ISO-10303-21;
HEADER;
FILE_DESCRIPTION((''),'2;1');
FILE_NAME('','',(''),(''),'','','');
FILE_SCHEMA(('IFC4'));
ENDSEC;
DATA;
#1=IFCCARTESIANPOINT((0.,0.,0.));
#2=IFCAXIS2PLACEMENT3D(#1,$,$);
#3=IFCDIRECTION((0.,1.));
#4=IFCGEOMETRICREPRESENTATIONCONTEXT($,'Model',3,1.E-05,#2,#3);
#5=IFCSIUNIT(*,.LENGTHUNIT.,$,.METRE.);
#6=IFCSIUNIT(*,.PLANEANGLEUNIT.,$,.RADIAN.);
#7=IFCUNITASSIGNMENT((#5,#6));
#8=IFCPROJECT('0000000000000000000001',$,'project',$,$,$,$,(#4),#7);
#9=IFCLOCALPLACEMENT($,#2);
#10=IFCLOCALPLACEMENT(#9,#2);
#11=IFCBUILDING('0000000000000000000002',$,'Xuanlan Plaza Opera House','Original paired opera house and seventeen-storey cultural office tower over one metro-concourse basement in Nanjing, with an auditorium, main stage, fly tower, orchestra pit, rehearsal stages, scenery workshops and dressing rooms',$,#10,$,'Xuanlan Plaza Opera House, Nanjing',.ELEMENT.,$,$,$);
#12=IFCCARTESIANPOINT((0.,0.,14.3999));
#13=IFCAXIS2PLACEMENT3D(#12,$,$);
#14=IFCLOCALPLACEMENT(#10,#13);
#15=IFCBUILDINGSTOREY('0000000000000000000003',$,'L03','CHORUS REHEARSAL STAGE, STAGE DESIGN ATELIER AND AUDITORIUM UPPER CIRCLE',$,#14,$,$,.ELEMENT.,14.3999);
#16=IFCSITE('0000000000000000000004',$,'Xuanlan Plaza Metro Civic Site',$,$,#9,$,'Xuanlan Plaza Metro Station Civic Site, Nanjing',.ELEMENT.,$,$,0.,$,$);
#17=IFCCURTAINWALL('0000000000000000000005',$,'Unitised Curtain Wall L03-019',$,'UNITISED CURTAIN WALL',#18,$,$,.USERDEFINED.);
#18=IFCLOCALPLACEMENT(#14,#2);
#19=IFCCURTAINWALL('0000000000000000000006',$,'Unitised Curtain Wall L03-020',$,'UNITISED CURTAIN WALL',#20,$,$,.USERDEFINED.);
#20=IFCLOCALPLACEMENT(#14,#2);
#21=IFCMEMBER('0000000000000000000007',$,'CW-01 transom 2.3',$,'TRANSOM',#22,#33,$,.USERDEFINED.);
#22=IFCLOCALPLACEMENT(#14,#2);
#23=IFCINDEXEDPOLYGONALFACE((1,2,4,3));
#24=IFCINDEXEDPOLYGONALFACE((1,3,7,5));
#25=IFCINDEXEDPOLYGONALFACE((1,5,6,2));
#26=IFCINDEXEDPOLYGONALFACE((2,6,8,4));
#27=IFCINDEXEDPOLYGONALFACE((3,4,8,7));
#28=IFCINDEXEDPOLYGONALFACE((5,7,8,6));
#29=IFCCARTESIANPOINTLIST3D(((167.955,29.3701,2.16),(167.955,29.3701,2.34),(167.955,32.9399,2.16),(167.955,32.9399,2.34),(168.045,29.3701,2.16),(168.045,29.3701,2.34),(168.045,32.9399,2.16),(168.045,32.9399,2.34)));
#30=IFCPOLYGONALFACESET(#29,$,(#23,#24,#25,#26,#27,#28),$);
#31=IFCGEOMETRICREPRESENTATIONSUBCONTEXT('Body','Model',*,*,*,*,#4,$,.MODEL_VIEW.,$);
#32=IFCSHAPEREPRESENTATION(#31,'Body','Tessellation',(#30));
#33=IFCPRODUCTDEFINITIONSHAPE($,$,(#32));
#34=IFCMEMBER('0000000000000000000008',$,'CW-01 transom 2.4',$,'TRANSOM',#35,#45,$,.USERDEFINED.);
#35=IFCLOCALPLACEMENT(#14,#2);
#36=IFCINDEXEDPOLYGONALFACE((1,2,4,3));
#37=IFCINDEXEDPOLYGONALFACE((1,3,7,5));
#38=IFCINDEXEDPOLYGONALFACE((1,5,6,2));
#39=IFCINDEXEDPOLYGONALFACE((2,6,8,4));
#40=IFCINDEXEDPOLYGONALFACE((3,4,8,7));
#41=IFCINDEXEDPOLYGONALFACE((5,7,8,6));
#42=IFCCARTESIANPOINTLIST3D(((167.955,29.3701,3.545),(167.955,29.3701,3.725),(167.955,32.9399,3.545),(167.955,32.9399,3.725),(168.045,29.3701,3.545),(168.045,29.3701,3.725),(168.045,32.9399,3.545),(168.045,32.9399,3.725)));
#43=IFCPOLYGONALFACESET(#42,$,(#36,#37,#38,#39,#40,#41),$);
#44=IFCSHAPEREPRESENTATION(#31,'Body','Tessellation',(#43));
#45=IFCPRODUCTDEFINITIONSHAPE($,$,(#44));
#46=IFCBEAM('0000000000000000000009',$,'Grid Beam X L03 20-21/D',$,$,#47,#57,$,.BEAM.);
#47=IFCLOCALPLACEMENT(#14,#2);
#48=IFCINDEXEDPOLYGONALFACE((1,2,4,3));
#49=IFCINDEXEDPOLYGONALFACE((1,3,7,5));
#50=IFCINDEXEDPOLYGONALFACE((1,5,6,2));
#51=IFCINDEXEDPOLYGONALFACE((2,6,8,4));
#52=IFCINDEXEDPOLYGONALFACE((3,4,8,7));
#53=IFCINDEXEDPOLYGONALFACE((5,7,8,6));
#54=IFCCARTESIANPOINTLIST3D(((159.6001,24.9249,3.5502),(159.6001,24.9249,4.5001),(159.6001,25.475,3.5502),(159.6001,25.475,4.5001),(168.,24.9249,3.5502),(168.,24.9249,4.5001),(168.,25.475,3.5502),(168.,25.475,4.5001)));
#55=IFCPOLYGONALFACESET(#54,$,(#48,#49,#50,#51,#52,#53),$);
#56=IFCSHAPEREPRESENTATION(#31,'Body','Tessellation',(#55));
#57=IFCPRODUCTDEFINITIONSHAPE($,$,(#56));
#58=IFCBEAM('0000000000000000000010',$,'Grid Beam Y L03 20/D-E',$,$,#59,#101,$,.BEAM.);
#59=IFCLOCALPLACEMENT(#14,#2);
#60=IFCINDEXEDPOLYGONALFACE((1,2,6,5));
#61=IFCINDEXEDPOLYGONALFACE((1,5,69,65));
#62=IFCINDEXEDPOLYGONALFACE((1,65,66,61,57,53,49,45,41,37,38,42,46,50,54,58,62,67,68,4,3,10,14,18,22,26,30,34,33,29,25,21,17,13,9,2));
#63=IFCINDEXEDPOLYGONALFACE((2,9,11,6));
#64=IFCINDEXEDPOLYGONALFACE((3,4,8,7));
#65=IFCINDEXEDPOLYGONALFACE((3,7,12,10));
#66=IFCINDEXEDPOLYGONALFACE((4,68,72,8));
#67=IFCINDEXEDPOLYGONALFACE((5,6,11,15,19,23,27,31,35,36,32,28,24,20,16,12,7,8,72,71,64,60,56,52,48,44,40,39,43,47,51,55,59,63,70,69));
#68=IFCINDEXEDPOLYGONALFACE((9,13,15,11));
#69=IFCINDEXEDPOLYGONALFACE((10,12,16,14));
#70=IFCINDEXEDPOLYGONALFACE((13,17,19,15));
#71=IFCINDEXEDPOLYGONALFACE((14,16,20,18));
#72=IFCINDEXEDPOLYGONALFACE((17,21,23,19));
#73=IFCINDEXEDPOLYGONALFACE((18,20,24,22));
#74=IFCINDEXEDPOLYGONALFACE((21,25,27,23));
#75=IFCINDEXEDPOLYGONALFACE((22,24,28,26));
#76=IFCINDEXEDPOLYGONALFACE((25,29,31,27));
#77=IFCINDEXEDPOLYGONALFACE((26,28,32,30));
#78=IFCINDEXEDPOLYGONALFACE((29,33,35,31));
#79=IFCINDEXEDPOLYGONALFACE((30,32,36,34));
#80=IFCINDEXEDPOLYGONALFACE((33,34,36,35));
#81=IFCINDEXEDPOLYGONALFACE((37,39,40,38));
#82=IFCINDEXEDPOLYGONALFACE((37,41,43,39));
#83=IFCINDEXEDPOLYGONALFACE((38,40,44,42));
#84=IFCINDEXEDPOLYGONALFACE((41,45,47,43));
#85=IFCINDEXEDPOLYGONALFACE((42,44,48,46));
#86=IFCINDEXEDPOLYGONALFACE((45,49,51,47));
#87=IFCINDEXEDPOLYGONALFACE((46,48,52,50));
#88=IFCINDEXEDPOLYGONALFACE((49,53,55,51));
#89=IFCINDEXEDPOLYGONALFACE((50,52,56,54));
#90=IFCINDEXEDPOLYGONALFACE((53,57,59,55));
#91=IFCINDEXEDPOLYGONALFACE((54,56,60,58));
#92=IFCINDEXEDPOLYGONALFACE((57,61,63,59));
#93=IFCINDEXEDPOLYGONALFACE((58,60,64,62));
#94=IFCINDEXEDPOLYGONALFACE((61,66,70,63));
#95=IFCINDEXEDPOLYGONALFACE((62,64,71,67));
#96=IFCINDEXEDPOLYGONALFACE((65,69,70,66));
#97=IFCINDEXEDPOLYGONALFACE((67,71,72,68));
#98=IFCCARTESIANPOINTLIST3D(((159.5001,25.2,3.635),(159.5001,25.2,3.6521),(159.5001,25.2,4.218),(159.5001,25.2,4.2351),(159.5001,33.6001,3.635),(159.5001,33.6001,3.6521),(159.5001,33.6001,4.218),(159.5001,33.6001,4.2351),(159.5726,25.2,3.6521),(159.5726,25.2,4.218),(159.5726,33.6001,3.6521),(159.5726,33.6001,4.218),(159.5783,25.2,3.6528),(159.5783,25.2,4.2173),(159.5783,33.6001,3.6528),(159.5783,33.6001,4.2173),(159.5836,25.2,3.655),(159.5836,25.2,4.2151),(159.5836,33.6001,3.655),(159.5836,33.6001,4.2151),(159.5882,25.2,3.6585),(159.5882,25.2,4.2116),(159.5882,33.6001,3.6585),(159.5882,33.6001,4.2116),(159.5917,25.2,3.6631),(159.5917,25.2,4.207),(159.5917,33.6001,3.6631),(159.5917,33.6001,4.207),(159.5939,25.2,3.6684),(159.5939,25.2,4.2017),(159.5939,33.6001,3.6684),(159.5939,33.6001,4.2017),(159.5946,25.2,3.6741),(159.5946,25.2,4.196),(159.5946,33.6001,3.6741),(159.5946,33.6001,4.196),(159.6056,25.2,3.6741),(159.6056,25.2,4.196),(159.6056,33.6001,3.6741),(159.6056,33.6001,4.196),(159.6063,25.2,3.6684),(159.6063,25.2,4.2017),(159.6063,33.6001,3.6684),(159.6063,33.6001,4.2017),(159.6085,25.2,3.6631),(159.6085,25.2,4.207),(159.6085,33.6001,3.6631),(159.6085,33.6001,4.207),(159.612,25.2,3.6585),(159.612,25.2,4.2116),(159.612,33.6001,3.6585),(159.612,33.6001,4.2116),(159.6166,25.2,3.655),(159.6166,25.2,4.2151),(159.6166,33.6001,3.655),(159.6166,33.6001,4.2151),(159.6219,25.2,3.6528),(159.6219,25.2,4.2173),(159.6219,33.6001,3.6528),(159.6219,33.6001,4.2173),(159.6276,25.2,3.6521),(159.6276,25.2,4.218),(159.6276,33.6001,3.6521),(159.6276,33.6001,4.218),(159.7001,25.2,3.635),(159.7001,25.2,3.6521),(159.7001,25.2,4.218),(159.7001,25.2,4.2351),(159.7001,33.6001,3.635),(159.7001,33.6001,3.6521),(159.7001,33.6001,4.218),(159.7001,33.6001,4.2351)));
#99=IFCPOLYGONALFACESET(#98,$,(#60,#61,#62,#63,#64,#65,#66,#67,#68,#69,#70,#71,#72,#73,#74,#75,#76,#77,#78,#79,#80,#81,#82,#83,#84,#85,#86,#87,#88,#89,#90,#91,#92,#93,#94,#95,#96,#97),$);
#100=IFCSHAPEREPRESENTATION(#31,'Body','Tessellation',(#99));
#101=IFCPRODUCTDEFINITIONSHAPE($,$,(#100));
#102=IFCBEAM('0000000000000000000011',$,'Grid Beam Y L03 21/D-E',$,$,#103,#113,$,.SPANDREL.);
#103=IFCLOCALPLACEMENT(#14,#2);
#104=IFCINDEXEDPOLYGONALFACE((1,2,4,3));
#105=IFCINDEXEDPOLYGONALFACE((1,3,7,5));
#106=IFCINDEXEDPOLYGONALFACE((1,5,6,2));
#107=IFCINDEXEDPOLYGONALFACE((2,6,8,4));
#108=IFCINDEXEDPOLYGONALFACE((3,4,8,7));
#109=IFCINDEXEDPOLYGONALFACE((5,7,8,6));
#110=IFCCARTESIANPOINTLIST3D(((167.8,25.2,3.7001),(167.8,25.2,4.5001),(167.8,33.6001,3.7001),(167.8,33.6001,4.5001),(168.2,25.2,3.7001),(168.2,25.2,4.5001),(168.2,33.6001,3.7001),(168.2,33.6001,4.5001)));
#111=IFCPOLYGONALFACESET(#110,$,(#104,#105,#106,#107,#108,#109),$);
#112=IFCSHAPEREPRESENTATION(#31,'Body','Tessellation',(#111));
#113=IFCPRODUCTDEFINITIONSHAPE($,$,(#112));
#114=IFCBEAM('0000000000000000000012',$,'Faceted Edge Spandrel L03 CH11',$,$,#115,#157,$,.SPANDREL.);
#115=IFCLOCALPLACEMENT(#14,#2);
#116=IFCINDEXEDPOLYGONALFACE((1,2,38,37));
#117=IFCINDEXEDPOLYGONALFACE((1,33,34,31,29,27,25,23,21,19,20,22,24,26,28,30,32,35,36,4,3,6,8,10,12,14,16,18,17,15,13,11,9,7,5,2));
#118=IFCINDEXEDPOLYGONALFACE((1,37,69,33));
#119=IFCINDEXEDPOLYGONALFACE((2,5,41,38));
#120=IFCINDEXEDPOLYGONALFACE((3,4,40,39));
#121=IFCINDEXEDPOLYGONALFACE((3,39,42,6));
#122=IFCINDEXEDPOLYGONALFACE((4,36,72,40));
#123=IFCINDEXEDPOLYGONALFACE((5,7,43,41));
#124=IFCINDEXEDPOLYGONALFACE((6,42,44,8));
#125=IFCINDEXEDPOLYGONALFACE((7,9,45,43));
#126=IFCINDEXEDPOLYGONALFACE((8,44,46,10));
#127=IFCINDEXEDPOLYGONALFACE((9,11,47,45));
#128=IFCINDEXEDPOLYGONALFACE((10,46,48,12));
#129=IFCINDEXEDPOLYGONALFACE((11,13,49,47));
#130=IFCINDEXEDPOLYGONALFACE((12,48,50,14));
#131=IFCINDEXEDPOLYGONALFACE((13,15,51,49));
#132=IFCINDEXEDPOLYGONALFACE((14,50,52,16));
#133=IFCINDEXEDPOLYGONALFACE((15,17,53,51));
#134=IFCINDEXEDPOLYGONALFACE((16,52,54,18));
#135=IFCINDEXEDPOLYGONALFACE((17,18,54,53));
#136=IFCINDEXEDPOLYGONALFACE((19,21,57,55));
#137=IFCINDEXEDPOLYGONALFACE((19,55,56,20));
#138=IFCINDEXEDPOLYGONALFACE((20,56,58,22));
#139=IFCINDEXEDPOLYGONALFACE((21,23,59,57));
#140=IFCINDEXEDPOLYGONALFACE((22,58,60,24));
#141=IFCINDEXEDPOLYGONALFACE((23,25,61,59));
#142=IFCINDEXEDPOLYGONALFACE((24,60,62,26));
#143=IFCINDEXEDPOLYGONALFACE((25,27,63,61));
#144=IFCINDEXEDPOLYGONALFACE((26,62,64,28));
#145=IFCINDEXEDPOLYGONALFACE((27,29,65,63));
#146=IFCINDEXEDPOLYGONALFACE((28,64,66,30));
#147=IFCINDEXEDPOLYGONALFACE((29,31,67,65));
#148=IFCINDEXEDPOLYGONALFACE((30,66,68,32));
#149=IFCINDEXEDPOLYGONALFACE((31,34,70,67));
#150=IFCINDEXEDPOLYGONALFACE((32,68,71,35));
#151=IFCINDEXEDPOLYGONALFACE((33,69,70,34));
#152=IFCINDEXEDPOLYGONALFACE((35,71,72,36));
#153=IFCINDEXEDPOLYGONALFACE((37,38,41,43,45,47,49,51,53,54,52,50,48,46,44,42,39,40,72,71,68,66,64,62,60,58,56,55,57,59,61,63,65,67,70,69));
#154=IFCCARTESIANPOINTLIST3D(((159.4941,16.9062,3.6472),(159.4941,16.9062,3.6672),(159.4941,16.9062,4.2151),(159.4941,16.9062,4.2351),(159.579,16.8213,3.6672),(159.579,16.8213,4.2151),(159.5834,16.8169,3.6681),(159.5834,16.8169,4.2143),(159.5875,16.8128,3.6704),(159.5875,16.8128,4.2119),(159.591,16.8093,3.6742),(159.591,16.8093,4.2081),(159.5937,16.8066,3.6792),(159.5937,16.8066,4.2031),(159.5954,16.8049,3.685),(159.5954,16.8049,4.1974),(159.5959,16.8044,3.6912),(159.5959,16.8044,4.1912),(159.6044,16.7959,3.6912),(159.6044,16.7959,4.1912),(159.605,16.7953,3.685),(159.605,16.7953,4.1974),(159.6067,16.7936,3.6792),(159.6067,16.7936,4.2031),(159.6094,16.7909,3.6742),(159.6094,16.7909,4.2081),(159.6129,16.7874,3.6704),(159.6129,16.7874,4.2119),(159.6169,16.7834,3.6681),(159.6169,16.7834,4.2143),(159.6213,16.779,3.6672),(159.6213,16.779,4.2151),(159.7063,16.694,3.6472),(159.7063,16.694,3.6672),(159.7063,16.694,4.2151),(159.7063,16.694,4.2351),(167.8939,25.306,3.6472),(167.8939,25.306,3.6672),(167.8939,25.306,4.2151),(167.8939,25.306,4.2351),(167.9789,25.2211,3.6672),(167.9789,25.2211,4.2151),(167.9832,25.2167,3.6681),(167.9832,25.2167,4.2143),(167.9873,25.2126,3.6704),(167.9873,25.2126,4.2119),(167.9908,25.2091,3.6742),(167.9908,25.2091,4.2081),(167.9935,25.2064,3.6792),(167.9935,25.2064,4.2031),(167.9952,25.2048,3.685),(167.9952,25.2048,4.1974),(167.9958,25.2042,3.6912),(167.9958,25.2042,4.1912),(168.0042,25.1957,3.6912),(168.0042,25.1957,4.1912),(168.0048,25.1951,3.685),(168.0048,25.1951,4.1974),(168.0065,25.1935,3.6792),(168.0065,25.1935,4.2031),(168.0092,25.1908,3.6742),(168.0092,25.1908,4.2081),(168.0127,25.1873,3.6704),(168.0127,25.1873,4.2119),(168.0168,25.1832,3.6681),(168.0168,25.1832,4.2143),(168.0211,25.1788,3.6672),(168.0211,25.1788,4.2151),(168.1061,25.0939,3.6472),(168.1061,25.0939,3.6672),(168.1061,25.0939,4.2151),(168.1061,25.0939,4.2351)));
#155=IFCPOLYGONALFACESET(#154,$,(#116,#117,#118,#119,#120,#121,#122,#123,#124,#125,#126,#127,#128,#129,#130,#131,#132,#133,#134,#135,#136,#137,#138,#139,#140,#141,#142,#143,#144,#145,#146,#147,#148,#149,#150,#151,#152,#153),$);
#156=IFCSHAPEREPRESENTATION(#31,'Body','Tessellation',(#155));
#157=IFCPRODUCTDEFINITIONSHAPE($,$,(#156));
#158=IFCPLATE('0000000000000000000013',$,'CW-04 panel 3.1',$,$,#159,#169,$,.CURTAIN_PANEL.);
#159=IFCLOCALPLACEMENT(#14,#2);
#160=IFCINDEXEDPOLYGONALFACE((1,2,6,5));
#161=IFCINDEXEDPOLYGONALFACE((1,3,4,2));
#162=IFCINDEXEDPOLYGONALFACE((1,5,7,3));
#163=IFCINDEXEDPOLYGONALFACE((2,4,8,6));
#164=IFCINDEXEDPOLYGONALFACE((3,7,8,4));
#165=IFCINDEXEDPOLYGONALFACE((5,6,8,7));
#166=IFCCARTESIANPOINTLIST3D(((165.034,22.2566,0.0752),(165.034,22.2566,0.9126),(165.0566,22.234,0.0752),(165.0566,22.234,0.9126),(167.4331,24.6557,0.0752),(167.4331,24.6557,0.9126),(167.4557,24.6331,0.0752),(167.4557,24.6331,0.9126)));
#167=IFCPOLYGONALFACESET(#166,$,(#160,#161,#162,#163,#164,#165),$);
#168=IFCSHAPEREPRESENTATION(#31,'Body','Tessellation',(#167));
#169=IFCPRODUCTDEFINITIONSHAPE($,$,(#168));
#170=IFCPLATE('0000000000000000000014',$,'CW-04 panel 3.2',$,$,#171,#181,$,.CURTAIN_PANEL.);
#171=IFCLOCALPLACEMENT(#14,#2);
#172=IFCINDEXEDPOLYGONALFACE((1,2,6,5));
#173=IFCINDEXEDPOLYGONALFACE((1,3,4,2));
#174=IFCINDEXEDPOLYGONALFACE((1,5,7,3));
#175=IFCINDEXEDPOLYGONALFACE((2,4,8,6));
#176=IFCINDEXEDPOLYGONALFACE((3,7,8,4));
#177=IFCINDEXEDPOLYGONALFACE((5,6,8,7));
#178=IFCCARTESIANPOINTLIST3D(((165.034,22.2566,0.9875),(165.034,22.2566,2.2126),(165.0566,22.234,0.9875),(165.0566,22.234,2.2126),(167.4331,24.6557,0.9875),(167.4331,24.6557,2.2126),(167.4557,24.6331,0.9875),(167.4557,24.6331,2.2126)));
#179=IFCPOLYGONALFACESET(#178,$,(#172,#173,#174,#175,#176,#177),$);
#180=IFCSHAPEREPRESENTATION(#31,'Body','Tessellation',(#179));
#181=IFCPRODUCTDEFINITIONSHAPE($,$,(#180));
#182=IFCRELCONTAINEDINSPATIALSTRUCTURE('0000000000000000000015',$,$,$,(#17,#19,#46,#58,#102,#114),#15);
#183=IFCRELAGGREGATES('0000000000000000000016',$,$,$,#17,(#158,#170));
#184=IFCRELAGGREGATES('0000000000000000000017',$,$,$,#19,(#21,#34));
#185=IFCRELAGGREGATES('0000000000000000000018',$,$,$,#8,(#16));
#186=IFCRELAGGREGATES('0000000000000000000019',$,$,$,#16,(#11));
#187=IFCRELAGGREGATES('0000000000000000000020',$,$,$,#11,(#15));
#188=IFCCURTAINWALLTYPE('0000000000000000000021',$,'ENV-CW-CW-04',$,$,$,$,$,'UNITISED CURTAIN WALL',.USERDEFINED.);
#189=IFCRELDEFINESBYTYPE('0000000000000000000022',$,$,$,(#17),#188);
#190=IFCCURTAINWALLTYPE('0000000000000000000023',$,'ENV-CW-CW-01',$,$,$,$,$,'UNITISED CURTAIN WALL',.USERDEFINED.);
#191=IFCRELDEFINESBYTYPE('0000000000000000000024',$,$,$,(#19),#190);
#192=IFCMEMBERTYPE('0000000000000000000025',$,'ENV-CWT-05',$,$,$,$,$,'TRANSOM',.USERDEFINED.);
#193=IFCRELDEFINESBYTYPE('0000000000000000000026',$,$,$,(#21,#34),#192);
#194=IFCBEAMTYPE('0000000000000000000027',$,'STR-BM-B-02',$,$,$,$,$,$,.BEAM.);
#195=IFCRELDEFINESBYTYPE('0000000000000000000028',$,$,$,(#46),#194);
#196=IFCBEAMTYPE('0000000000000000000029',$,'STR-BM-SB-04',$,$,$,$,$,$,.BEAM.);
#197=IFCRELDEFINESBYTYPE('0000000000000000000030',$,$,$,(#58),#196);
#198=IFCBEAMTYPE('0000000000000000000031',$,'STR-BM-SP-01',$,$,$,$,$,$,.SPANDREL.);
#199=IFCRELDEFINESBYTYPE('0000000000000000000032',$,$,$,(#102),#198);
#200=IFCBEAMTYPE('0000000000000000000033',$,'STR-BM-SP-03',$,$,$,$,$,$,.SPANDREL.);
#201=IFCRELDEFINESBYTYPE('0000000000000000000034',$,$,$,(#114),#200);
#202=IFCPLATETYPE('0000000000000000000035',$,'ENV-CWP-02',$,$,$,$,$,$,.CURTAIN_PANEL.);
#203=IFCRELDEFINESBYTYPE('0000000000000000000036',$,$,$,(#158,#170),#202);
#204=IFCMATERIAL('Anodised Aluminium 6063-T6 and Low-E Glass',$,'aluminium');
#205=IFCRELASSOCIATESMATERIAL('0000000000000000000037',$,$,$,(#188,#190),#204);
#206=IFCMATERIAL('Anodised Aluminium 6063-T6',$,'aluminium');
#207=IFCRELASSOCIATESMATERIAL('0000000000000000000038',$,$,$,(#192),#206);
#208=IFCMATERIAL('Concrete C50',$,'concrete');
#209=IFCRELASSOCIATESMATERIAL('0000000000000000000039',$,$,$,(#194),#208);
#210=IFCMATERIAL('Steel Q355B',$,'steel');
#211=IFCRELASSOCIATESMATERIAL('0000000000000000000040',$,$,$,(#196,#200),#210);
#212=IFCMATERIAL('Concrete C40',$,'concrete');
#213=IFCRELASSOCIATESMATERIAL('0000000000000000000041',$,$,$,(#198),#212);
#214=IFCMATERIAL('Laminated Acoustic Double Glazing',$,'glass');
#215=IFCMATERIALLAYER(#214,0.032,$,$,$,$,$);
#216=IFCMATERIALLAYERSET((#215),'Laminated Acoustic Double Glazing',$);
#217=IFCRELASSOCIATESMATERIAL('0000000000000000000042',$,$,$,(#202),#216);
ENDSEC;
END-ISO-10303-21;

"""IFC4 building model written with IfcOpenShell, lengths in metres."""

from ifc_helpers import new_model, si_unit, direction, frame, origin, origin_2d, place, context, subcontext, project, spatial, rectangle, i_section, extrude, material, layer, layer_set, material_profile, profile_set, type_object, element, aggregate, save


model = new_model("IFC4")

# Units and contexts
model_context = context("Model", 3, precision=1e-05, world=origin(), true_north=direction((0.0, 1.0)))
body_context = subcontext(model_context, "Body", "Model", "MODEL_VIEW")
ifc_project = project(units=[si_unit("LENGTHUNIT", "METRE"), si_unit("PLANEANGLEUNIT", "RADIAN")], contexts=[model_context])

# Site, building, storey
site_placement = place(None, origin())
site = spatial("IfcSite", under=ifc_project, at=site_placement, Name="Xuanlan Plaza Metro Civic Site", LongName="Xuanlan Plaza Metro Station Civic Site, Nanjing", CompositionType="ELEMENT", RefElevation=0.0)
building_placement = place(site_placement, origin())
building = spatial("IfcBuilding", under=site, at=building_placement, Name="Xuanlan Plaza Opera House", Description="Original paired opera house and seventeen-storey cultural office tower over one metro-concourse basement in Nanjing, with an auditorium, main stage, fly tower, orchestra pit, rehearsal stages, scenery workshops and dressing rooms", LongName="Xuanlan Plaza Opera House, Nanjing", CompositionType="ELEMENT")
storey_placement = place(building_placement, frame((0.0, 0.0, 14.3999)))
storey = spatial("IfcBuildingStorey", under=building, at=storey_placement, Name="L03", Description="CHORUS REHEARSAL STAGE, STAGE DESIGN ATELIER AND AUDITORIUM UPPER CIRCLE", CompositionType="ELEMENT", Elevation=14.3999)

# Shared definitions
ifc_material_1 = material(Name="Concrete C40", Category="concrete")

# Curtain wall
ifc_material_2 = material(Name="Anodised Aluminium 6063-T6 and Low-E Glass", Category="aluminium")
curtain_wall_type_1 = type_object("IfcCurtainWallType", Name="ENV-CW-CW-04", ElementType="UNITISED CURTAIN WALL", PredefinedType="USERDEFINED", material=ifc_material_2)
curtain_wall_1_placement = place(storey_placement, origin())
curtain_wall_1 = element("IfcCurtainWall", 1, at=curtain_wall_1_placement, inside=storey, type_object=curtain_wall_type_1, Name="Unitised Curtain Wall L03-019", ObjectType="UNITISED CURTAIN WALL", PredefinedType="USERDEFINED")
ifc_material_3 = material(Name="Anodised Aluminium 6063-T6", Category="aluminium")

# Curtain wall
curtain_wall_type_2 = type_object("IfcCurtainWallType", Name="ENV-CW-CW-01", ElementType="UNITISED CURTAIN WALL", PredefinedType="USERDEFINED", material=ifc_material_2)
curtain_wall_2_placement = place(storey_placement, origin())
curtain_wall_2 = element("IfcCurtainWall", 2, at=curtain_wall_2_placement, inside=storey, type_object=curtain_wall_type_2, Name="Unitised Curtain Wall L03-020", ObjectType="UNITISED CURTAIN WALL", PredefinedType="USERDEFINED")

# Members
ifc_material_profile_1 = material_profile(ifc_material_3, rectangle(XDim=0.0901, YDim=0.1799, at=origin_2d()), Name="ALU-T 90x180")
ifc_profile_set_1 = profile_set([ifc_material_profile_1], Name="Anodised Aluminium 6063-T6")
member_type_1 = type_object("IfcMemberType", Name="ENV-CWT-05", ElementType="TRANSOM", PredefinedType="USERDEFINED", material=ifc_profile_set_1)
member_1_placement = place(storey_placement, frame((168.0, 29.3701, 2.25), z_axis=(0.0, 1.0, 0.0), x_axis=(-1.0, 0.0, 0.0)))
member_1 = element("IfcMember", 3, at=member_1_placement, type_object=member_type_1, Name="CW-01 transom 2.3", ObjectType="TRANSOM", PredefinedType="USERDEFINED", context=body_context, shape_type="SweptSolid", body=[
    extrude(rectangle(XDim=0.0901, YDim=0.1799, at=origin_2d()), origin(), (0.0, 0.0, 1.0), 3.5698),
])
member_2_placement = place(storey_placement, frame((168.0, 29.3701, 3.635), z_axis=(0.0, 1.0, 0.0), x_axis=(-1.0, 0.0, 0.0)))
member_2 = element("IfcMember", 4, at=member_2_placement, type_object=member_type_1, Name="CW-01 transom 2.4", ObjectType="TRANSOM", PredefinedType="USERDEFINED", context=body_context, shape_type="SweptSolid", body=[
    extrude(rectangle(XDim=0.0901, YDim=0.1799, at=origin_2d()), origin(), (0.0, 0.0, 1.0), 3.5698),
])

# Beams
ifc_material_4 = material(Name="Concrete C50", Category="concrete")
ifc_material_profile_2 = material_profile(ifc_material_4, rectangle(XDim=0.55, YDim=0.95, at=origin_2d()), Name="RC-BM 550x950")
ifc_profile_set_2 = profile_set([ifc_material_profile_2], Name="Concrete C50")
beam_type_1 = type_object("IfcBeamType", Name="STR-BM-B-02", PredefinedType="BEAM", material=ifc_profile_set_2)
beam_1_placement = place(storey_placement, frame((159.6001, 25.2, 4.0251), z_axis=(1.0, 0.0, 0.0), x_axis=(0.0, 1.0, 0.0)))
element("IfcBeam", 5, at=beam_1_placement, inside=storey, type_object=beam_type_1, Name="Grid Beam X L03 20-21/D", PredefinedType="BEAM", context=body_context, shape_type="SweptSolid", body=[
    extrude(rectangle(XDim=0.55, YDim=0.95, at=origin_2d()), origin(), (0.0, 0.0, 1.0), 8.3999),
])
ifc_material_5 = material(Name="Steel Q355B", Category="steel")
ifc_material_profile_3 = material_profile(ifc_material_5, i_section(OverallWidth=0.2, OverallDepth=0.6001, WebThickness=0.011, FlangeThickness=0.0171, FilletRadius=0.022, at=origin_2d()), Name="HN 600x200x11x17")
ifc_profile_set_3 = profile_set([ifc_material_profile_3], Name="Steel Q355B")
beam_type_2 = type_object("IfcBeamType", Name="STR-BM-SB-04", PredefinedType="BEAM", material=ifc_profile_set_3)
beam_2_placement = place(storey_placement, frame((159.6001, 25.2, 3.9351), z_axis=(0.0, 1.0, 0.0), x_axis=(-1.0, 0.0, 0.0)))
element("IfcBeam", 6, at=beam_2_placement, inside=storey, type_object=beam_type_2, Name="Grid Beam Y L03 20/D-E", PredefinedType="BEAM", context=body_context, shape_type="SweptSolid", body=[
    extrude(i_section(OverallWidth=0.2, OverallDepth=0.6001, WebThickness=0.011, FlangeThickness=0.0171, FilletRadius=0.022, at=origin_2d()), origin(), (0.0, 0.0, 1.0), 8.4001),
])
ifc_material_profile_4 = material_profile(ifc_material_1, rectangle(XDim=0.3999, YDim=0.8, at=origin_2d()), Name="RC-SPD 400x800")
ifc_profile_set_4 = profile_set([ifc_material_profile_4], Name="Concrete C40")
beam_type_3 = type_object("IfcBeamType", Name="STR-BM-SP-01", PredefinedType="SPANDREL", material=ifc_profile_set_4)
beam_3_placement = place(storey_placement, frame((168.0, 25.2, 4.1001), z_axis=(0.0, 1.0, 0.0), x_axis=(-1.0, 0.0, 0.0)))
element("IfcBeam", 7, at=beam_3_placement, inside=storey, type_object=beam_type_3, Name="Grid Beam Y L03 21/D-E", PredefinedType="SPANDREL", context=body_context, shape_type="SweptSolid", body=[
    extrude(rectangle(XDim=0.3999, YDim=0.8, at=origin_2d()), origin(), (0.0, 0.0, 1.0), 8.4001),
])
ifc_material_profile_5 = material_profile(ifc_material_5, i_section(OverallWidth=0.3, OverallDepth=0.5879, WebThickness=0.012, FlangeThickness=0.02, FilletRadius=0.0239, at=origin_2d()), Name="HM 588x300x12x20")
ifc_profile_set_5 = profile_set([ifc_material_profile_5], Name="Steel Q355B")
beam_type_4 = type_object("IfcBeamType", Name="STR-BM-SP-03", PredefinedType="SPANDREL", material=ifc_profile_set_5)
beam_4_placement = place(storey_placement, frame((168.0, 25.2, 3.9412), z_axis=(-0.707107, -0.707107, 0.0), x_axis=(0.707107, -0.707107, 0.0)))
element("IfcBeam", 8, at=beam_4_placement, inside=storey, type_object=beam_type_4, Name="Faceted Edge Spandrel L03 CH11", PredefinedType="SPANDREL", context=body_context, shape_type="SweptSolid", body=[
    extrude(i_section(OverallWidth=0.3, OverallDepth=0.5879, WebThickness=0.012, FlangeThickness=0.02, FilletRadius=0.0239, at=origin_2d()), origin(), (0.0, 0.0, 1.0), 11.8792),
])

# Plates
ifc_material_6 = material(Name="Laminated Acoustic Double Glazing", Category="glass")
ifc_layer_1 = layer(ifc_material_6, 0.032)
ifc_layer_set_1 = layer_set([ifc_layer_1], Name="Laminated Acoustic Double Glazing")
plate_type_1 = type_object("IfcPlateType", Name="ENV-CWP-02", PredefinedType="CURTAIN_PANEL", material=ifc_layer_set_1)
plate_1_placement = place(storey_placement, frame((166.2449, 23.4448, 0.0752), z_axis=(0.0, 0.0, 1.0), x_axis=(0.707107, 0.707107, 0.0)))
plate_1 = element("IfcPlate", 9, at=plate_1_placement, type_object=plate_type_1, Name="CW-04 panel 3.1", PredefinedType="CURTAIN_PANEL", context=body_context, shape_type="SweptSolid", body=[
    extrude(rectangle(XDim=3.3928, YDim=0.032, at=origin_2d()), origin(), (0.0, 0.0, 1.0), 0.8374),
])
plate_2_placement = place(storey_placement, frame((166.2449, 23.4448, 0.9875), z_axis=(0.0, 0.0, 1.0), x_axis=(0.707107, 0.707107, 0.0)))
plate_2 = element("IfcPlate", 10, at=plate_2_placement, type_object=plate_type_1, Name="CW-04 panel 3.2", PredefinedType="CURTAIN_PANEL", context=body_context, shape_type="SweptSolid", body=[
    extrude(rectangle(XDim=3.3928, YDim=0.032, at=origin_2d()), origin(), (0.0, 0.0, 1.0), 1.2251),
])
aggregate(curtain_wall_1, [plate_1, plate_2])
aggregate(curtain_wall_2, [member_1, member_2])

save(model, "model.ifc")
